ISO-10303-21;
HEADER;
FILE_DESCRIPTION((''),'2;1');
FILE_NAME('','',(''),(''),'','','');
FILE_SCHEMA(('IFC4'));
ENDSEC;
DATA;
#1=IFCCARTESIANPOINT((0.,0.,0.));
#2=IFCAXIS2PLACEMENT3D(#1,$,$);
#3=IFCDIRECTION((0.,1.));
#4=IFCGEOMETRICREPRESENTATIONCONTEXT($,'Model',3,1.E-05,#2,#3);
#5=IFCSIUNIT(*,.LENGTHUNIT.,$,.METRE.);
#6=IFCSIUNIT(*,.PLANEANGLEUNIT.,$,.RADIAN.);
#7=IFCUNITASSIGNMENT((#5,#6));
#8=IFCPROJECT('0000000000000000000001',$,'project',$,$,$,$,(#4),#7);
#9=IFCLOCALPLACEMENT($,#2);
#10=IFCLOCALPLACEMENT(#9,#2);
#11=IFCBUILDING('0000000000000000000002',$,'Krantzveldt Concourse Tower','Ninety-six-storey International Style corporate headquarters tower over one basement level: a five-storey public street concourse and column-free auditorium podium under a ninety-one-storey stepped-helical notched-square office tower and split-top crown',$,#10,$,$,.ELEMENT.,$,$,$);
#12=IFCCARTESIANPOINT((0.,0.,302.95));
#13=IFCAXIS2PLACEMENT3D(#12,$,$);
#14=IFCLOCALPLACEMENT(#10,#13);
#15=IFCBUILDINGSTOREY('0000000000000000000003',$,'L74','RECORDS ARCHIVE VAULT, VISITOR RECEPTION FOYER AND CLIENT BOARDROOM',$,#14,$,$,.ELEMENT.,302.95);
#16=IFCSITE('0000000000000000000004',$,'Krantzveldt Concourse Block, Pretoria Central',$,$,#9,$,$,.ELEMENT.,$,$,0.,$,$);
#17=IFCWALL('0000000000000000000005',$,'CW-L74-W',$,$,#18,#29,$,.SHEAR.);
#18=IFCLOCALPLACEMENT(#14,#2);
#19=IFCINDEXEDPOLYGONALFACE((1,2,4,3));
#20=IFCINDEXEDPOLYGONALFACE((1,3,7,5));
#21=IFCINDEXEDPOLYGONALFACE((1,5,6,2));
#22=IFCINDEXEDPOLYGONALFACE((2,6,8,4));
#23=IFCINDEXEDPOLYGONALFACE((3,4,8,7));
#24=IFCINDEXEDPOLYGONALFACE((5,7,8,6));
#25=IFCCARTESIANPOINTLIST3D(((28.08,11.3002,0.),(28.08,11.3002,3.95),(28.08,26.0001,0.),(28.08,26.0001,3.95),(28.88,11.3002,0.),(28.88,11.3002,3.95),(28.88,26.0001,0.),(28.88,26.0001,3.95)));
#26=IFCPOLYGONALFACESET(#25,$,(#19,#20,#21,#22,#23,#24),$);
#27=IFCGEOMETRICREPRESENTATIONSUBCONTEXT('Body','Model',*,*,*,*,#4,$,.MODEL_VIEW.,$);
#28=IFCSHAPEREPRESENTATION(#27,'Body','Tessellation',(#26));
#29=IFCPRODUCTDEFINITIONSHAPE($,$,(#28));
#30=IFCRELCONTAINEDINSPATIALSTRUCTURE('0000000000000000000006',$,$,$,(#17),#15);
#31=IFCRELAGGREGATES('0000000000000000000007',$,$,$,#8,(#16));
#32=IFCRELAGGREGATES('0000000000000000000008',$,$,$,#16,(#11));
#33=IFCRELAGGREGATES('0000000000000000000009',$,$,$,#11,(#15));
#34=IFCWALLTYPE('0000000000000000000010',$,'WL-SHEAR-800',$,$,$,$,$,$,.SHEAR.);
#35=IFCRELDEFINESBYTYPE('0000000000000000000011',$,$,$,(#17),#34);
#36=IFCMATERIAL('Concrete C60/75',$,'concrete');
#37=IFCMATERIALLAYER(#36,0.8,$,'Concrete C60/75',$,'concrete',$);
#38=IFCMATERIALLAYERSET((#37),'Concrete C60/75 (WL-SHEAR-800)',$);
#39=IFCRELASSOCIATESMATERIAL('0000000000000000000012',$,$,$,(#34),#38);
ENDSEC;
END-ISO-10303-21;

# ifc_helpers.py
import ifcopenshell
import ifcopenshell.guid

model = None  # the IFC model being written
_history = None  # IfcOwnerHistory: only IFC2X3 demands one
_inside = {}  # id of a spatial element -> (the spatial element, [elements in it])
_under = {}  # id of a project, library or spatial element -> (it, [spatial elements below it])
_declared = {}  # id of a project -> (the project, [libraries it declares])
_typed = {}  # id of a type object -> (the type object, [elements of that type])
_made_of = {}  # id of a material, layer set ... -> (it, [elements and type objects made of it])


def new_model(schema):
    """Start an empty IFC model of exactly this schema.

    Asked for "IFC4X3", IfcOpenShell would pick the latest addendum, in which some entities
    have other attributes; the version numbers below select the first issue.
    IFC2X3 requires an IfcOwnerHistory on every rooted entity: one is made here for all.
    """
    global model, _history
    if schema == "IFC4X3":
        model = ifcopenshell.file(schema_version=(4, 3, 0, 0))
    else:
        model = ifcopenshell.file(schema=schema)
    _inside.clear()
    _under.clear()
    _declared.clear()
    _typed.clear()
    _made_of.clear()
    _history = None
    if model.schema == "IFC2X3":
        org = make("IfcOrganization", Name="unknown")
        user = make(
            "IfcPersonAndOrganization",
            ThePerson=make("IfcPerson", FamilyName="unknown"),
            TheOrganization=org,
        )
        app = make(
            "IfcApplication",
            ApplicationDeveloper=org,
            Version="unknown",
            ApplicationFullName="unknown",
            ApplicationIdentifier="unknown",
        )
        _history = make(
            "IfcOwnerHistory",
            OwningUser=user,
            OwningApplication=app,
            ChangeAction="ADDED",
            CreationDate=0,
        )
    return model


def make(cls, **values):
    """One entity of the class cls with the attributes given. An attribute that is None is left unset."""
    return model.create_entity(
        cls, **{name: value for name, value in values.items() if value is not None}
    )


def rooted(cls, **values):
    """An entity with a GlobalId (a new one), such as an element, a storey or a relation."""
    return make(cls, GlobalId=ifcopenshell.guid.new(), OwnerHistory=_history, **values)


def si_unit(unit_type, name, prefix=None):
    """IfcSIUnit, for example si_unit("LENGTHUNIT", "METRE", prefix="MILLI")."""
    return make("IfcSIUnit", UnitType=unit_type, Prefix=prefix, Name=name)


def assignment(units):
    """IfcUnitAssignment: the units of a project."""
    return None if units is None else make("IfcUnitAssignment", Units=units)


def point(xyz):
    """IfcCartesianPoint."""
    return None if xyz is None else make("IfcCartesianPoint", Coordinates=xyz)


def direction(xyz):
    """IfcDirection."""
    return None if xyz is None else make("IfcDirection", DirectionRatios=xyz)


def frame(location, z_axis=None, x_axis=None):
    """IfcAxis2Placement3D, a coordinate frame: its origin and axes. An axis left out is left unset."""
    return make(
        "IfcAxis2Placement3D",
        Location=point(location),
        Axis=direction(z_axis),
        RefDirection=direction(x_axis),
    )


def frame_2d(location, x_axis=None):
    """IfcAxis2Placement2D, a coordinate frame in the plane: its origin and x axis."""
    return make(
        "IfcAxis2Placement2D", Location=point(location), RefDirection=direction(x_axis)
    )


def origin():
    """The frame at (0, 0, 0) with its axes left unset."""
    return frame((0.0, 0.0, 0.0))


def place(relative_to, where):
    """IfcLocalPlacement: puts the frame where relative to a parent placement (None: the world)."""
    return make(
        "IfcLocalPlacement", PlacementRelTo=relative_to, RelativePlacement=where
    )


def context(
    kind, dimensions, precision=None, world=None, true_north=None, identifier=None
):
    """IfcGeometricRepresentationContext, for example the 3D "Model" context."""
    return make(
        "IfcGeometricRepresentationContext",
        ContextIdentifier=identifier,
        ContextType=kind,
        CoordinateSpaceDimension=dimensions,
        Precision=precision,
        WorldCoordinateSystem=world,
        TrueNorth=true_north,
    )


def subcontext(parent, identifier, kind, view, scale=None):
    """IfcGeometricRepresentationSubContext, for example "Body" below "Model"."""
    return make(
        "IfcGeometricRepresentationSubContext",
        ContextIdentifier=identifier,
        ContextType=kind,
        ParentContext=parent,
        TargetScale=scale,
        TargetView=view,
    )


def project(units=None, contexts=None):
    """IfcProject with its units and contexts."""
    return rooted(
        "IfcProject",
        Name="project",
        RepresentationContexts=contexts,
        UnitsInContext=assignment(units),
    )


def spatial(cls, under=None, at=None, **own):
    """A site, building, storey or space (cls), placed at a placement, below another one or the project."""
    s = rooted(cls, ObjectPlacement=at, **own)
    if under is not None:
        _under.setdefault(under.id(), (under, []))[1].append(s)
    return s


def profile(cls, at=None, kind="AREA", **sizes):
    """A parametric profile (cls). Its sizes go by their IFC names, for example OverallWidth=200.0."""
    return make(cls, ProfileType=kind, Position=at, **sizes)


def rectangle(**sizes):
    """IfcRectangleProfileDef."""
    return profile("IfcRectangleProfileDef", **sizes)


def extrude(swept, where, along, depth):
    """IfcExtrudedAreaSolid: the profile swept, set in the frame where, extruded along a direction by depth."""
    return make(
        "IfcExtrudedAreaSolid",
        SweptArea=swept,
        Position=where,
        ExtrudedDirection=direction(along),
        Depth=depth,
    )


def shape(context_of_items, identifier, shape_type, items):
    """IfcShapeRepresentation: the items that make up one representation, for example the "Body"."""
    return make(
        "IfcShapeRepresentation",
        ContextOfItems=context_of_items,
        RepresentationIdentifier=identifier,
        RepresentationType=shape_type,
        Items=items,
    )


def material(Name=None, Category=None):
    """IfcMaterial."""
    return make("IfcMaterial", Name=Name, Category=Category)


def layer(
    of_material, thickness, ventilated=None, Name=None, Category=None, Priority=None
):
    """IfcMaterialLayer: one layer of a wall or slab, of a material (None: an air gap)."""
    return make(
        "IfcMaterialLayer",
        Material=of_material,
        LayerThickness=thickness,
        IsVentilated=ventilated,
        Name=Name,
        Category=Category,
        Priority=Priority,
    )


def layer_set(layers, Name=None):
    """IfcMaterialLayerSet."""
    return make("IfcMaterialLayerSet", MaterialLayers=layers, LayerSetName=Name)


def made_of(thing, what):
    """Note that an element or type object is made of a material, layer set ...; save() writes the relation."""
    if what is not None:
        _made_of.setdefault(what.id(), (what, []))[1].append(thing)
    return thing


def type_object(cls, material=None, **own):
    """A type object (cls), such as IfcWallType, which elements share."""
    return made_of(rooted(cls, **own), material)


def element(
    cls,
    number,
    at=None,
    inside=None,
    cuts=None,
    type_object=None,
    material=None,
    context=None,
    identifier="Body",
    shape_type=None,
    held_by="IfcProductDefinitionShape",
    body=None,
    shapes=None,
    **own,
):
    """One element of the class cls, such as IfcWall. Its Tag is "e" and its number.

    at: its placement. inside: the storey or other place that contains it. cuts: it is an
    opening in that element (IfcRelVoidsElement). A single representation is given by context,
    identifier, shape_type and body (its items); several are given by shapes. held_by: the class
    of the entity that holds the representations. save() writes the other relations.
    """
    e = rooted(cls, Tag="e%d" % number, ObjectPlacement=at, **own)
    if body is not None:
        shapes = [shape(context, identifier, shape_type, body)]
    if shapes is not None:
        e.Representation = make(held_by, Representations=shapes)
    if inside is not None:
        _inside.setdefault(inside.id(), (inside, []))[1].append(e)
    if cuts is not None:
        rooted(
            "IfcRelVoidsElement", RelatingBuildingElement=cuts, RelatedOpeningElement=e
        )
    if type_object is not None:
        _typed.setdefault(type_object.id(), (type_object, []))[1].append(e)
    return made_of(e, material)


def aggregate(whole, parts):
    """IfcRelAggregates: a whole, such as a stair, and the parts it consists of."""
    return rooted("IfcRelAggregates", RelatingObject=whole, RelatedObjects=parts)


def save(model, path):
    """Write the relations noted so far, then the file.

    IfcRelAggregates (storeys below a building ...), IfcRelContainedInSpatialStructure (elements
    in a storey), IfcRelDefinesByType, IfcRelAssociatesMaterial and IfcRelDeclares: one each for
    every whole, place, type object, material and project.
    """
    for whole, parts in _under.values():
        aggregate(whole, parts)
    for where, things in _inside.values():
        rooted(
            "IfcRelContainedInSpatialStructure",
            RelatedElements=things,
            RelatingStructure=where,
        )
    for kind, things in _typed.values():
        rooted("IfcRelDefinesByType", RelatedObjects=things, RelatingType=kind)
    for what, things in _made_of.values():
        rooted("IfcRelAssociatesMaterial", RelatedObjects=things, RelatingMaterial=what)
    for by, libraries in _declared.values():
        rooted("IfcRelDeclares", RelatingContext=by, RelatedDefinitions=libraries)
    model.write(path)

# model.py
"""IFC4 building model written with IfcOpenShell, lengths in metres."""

from ifc_helpers import new_model, si_unit, direction, frame, frame_2d, origin, place, context, subcontext, project, spatial, rectangle, extrude, material, layer, layer_set, type_object, element, save


model = new_model("IFC4")

# Units and contexts
model_context = context("Model", 3, precision=1e-05, world=origin(), true_north=direction((0.0, 1.0)))
body_context = subcontext(model_context, "Body", "Model", "MODEL_VIEW")
ifc_project = project(units=[si_unit("LENGTHUNIT", "METRE"), si_unit("PLANEANGLEUNIT", "RADIAN")], contexts=[model_context])

# Site, building, storey
site_placement = place(None, origin())
site = spatial("IfcSite", under=ifc_project, at=site_placement, Name="Krantzveldt Concourse Block, Pretoria Central", CompositionType="ELEMENT", RefElevation=0.0)
building_placement = place(site_placement, origin())
building = spatial("IfcBuilding", under=site, at=building_placement, Name="Krantzveldt Concourse Tower", Description="Ninety-six-storey International Style corporate headquarters tower over one basement level: a five-storey public street concourse and column-free auditorium podium under a ninety-one-storey stepped-helical notched-square office tower and split-top crown", CompositionType="ELEMENT")
storey_placement = place(building_placement, frame((0.0, 0.0, 302.95)))
storey = spatial("IfcBuildingStorey", under=building, at=storey_placement, Name="L74", Description="RECORDS ARCHIVE VAULT, VISITOR RECEPTION FOYER AND CLIENT BOARDROOM", CompositionType="ELEMENT", Elevation=302.95)

# Wall
ifc_material_1 = material(Name="Concrete C60/75", Category="concrete")
ifc_layer_1 = layer(ifc_material_1, 0.8, Name="Concrete C60/75", Category="concrete")
ifc_layer_set_1 = layer_set([ifc_layer_1], Name="Concrete C60/75 (WL-SHEAR-800)")
wall_type_1 = type_object("IfcWallType", Name="WL-SHEAR-800", PredefinedType="SHEAR", material=ifc_layer_set_1)
wall_1_placement = place(storey_placement, frame((28.48, 11.3, 0.0), z_axis=(0.0, 0.0, 1.0), x_axis=(0.0, 1.0, 0.0)))
element("IfcWall", 1, at=wall_1_placement, inside=storey, type_object=wall_type_1, Name="CW-L74-W", PredefinedType="SHEAR", context=body_context, shape_type="SweptSolid", body=[
    extrude(rectangle(XDim=14.7, YDim=0.8, at=frame_2d((7.3501, 0.0))), origin(), (0.0, 0.0, 1.0), 3.95),
])

save(model, "model.ifc")
